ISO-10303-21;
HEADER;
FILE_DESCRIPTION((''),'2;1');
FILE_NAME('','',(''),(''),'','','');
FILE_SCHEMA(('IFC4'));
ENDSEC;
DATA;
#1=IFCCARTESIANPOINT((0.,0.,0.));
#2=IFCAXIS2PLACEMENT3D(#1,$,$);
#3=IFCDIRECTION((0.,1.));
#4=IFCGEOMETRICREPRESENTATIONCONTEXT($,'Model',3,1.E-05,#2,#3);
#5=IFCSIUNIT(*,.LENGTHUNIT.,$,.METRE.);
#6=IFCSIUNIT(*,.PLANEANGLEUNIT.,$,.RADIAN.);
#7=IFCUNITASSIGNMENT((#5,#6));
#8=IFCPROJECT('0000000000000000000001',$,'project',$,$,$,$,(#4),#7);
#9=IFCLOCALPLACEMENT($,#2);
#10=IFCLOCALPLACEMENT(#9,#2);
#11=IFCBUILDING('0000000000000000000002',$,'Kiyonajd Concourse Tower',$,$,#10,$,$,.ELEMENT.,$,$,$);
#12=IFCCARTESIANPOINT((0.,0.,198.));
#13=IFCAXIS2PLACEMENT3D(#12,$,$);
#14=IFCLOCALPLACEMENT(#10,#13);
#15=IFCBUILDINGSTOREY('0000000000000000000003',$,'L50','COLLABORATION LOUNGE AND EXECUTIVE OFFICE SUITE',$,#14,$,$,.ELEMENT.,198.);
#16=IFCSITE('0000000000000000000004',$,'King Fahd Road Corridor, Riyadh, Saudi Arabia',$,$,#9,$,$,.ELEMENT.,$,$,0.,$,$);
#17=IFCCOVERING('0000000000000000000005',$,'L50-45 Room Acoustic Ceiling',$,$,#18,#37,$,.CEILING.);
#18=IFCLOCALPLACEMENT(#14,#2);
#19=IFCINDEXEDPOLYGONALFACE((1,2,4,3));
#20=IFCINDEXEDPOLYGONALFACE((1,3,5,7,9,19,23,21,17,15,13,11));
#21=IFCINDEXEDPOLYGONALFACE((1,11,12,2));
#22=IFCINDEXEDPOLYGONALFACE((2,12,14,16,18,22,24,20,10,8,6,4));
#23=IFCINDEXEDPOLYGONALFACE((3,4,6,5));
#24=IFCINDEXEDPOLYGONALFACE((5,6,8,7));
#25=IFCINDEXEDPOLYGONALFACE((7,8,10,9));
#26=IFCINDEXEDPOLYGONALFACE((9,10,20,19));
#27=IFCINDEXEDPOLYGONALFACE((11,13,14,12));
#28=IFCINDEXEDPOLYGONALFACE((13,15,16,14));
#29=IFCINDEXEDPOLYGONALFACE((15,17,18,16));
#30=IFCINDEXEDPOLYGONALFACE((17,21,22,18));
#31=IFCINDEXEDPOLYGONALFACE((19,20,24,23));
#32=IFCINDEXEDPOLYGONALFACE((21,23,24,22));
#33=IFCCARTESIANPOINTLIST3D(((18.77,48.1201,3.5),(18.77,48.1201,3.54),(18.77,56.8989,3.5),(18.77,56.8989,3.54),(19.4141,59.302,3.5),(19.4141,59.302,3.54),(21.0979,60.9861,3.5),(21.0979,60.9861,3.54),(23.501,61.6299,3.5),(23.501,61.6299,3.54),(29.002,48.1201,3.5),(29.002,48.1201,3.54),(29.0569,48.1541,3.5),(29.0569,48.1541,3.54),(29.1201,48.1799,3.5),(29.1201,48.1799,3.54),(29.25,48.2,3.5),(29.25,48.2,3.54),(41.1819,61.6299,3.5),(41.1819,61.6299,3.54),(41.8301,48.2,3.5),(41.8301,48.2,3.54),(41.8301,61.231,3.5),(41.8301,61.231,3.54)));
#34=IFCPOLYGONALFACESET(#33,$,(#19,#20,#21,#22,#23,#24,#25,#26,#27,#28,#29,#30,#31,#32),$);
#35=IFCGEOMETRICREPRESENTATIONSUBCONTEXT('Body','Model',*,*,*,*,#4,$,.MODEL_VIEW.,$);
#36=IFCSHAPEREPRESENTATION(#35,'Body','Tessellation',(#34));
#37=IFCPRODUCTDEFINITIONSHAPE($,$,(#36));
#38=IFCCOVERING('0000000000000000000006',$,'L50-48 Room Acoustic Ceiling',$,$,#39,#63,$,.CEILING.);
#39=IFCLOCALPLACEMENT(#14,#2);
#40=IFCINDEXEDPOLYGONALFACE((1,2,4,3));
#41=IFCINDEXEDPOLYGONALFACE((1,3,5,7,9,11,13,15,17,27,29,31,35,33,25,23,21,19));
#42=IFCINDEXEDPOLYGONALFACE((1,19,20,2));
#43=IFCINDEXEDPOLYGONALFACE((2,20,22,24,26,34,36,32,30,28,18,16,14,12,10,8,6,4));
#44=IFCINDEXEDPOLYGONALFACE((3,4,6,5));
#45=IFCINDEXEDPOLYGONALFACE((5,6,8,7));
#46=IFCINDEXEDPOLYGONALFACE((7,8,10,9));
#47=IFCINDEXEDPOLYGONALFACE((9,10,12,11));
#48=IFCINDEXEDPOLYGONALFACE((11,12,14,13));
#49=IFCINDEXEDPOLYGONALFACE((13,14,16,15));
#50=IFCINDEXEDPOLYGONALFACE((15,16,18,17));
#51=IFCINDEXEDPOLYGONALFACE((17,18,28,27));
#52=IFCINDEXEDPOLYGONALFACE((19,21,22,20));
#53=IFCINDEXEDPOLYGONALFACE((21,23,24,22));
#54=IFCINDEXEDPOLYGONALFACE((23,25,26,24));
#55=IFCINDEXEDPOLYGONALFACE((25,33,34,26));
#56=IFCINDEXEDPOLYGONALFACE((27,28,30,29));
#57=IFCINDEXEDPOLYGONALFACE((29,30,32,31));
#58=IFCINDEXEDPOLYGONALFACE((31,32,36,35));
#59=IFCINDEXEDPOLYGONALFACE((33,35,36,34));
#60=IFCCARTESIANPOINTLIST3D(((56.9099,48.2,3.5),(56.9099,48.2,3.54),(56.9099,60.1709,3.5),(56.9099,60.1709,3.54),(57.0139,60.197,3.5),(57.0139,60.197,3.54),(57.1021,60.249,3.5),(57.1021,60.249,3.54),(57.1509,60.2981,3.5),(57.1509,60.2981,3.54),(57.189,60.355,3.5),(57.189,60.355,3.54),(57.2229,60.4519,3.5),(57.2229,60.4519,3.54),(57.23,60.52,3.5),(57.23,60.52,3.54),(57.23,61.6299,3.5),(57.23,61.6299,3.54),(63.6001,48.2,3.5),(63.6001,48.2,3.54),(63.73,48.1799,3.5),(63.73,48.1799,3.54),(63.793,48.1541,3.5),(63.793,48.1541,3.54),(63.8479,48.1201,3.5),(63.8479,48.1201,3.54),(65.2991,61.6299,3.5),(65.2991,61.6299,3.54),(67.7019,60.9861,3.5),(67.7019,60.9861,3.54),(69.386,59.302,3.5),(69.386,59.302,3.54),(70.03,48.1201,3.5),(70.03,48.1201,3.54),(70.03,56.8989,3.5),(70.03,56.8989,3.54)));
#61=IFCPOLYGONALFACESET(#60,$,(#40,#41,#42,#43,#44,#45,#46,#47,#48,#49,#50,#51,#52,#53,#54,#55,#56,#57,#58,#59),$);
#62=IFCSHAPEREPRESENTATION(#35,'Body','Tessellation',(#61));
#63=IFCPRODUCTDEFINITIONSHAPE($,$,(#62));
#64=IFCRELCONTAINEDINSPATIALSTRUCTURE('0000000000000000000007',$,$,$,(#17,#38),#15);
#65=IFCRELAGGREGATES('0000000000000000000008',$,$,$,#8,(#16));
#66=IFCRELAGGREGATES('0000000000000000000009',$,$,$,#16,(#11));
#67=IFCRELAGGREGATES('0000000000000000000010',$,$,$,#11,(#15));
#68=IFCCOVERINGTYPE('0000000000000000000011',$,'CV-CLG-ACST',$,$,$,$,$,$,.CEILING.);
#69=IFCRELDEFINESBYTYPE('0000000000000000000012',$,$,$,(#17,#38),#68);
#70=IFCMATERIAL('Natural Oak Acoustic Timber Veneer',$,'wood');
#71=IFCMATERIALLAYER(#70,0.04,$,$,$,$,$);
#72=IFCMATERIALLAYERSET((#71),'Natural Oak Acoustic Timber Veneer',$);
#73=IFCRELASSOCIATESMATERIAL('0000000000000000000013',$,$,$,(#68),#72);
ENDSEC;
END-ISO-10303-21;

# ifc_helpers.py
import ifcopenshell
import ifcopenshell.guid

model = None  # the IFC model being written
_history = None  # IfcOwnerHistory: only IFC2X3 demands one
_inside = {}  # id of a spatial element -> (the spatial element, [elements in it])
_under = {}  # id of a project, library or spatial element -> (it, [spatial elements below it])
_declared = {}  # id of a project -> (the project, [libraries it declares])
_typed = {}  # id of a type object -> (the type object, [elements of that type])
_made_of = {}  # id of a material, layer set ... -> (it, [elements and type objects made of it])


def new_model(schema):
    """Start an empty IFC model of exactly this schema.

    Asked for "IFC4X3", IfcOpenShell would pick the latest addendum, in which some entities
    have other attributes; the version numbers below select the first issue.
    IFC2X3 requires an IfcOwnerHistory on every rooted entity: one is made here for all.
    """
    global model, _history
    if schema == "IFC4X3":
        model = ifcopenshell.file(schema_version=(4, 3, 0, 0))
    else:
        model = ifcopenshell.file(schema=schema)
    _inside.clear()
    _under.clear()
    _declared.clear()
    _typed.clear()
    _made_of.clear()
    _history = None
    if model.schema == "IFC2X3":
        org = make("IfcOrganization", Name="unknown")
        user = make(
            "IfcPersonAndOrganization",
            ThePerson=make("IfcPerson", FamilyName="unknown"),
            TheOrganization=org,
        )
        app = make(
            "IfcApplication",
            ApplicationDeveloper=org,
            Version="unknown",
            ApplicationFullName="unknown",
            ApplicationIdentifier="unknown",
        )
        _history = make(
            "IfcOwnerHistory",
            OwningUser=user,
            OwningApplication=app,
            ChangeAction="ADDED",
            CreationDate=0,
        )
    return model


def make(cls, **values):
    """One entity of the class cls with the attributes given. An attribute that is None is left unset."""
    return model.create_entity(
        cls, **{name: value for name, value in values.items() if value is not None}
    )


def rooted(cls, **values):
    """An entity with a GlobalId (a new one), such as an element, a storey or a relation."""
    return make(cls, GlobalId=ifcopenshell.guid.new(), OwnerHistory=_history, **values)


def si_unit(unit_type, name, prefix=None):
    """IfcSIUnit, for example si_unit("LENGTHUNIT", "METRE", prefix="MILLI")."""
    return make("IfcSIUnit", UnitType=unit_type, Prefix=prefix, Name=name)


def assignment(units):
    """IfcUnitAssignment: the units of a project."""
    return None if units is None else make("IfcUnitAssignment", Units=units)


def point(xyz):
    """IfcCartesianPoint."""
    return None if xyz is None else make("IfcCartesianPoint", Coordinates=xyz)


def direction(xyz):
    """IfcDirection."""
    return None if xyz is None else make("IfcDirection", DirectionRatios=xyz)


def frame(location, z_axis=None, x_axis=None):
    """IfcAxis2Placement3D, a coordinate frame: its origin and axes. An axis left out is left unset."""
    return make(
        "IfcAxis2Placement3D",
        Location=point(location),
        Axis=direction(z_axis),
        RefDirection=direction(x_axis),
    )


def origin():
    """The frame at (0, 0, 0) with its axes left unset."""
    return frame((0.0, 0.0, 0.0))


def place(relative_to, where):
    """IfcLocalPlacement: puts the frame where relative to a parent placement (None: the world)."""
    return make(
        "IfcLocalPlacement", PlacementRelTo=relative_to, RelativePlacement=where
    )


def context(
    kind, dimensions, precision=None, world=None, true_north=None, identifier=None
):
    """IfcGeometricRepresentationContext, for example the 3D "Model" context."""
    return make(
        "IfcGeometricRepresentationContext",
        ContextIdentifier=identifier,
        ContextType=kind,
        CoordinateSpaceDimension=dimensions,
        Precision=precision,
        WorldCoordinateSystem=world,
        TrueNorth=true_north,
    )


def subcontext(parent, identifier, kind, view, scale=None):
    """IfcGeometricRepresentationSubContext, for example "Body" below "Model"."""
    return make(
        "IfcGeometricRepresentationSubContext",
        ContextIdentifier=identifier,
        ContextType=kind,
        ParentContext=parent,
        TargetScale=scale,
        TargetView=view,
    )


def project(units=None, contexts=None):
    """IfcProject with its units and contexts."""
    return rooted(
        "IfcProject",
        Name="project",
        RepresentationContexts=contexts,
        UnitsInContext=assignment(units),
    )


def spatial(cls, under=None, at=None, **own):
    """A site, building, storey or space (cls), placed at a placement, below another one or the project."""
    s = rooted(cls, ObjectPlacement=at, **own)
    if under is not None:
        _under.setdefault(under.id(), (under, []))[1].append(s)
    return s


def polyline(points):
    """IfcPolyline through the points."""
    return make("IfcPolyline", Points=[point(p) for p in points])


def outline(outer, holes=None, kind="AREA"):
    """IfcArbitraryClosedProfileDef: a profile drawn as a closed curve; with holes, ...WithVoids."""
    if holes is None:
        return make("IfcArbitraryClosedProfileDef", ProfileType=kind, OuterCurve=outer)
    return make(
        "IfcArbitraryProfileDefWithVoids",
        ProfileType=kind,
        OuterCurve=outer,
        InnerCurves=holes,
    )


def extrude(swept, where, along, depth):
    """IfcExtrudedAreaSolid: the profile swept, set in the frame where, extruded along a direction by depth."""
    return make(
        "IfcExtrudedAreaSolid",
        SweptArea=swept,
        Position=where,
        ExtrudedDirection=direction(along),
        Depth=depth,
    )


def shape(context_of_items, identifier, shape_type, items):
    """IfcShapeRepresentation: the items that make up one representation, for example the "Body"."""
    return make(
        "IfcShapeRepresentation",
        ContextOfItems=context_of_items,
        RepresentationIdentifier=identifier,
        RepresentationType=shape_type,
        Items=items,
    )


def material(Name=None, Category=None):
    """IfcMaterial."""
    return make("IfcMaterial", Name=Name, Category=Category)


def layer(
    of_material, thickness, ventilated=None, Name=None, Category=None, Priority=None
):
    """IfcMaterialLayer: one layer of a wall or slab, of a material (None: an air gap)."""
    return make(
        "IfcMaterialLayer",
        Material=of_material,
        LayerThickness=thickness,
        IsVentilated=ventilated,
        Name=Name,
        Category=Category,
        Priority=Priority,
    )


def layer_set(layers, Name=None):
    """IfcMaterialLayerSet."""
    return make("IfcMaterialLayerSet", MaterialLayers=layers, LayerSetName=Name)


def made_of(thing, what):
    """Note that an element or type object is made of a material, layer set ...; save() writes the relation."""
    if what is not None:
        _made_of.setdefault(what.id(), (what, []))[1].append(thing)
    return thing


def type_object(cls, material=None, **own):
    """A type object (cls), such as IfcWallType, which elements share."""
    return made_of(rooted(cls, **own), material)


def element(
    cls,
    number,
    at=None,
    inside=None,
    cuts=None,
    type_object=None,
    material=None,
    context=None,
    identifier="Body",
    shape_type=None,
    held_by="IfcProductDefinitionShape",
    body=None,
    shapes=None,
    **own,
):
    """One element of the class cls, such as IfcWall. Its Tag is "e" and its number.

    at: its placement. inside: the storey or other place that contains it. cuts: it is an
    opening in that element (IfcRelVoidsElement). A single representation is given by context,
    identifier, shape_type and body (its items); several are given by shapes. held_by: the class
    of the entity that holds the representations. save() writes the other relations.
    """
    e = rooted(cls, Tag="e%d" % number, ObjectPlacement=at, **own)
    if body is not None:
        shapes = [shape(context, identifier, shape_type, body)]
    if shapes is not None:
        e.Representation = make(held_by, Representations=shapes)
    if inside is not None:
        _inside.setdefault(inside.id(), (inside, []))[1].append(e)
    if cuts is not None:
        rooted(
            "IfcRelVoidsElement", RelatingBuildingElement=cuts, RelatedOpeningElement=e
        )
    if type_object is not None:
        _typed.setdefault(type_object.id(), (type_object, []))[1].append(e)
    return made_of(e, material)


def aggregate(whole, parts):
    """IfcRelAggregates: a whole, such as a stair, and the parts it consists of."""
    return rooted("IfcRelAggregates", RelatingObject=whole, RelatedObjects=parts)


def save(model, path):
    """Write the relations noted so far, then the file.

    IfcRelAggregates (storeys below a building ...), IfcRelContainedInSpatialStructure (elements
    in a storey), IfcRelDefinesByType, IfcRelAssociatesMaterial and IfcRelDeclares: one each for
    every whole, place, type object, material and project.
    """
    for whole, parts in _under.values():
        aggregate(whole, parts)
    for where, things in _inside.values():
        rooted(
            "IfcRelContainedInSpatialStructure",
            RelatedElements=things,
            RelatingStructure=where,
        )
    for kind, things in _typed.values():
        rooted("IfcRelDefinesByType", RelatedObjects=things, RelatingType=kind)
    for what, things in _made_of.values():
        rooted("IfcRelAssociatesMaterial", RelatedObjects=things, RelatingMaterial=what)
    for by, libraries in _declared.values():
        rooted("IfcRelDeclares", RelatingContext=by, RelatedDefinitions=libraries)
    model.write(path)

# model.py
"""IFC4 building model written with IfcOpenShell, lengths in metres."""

from ifc_helpers import new_model, si_unit, direction, frame, origin, place, context, subcontext, project, spatial, polyline, outline, extrude, material, layer, layer_set, type_object, element, save


model = new_model("IFC4")

# Units and contexts
model_context = context("Model", 3, precision=1e-05, world=origin(), true_north=direction((0.0, 1.0)))
body_context = subcontext(model_context, "Body", "Model", "MODEL_VIEW")
ifc_project = project(units=[si_unit("LENGTHUNIT", "METRE"), si_unit("PLANEANGLEUNIT", "RADIAN")], contexts=[model_context])

# Site, building, storey
site_placement = place(None, origin())
site = spatial("IfcSite", under=ifc_project, at=site_placement, Name="King Fahd Road Corridor, Riyadh, Saudi Arabia", CompositionType="ELEMENT", RefElevation=0.0)
building_placement = place(site_placement, origin())
building = spatial("IfcBuilding", under=site, at=building_placement, Name="Kiyonajd Concourse Tower", CompositionType="ELEMENT")
storey_placement = place(building_placement, frame((0.0, 0.0, 198.0)))
storey = spatial("IfcBuildingStorey", under=building, at=storey_placement, Name="L50", Description="COLLABORATION LOUNGE AND EXECUTIVE OFFICE SUITE", CompositionType="ELEMENT", Elevation=198.0)

# Coverings
ifc_material_1 = material(Name="Natural Oak Acoustic Timber Veneer", Category="wood")
ifc_layer_1 = layer(ifc_material_1, 0.04)
ifc_layer_set_1 = layer_set([ifc_layer_1], Name="Natural Oak Acoustic Timber Veneer")
covering_type = type_object("IfcCoveringType", Name="CV-CLG-ACST", PredefinedType="CEILING", material=ifc_layer_set_1)
covering_1_placement = place(storey_placement, frame((0.0, 0.0, 3.5)))
element("IfcCovering", 1, at=covering_1_placement, inside=storey, type_object=covering_type, Name="L50-45 Room Acoustic Ceiling", PredefinedType="CEILING", context=body_context, shape_type="SweptSolid", body=[
    extrude(outline(polyline([(21.0979, 60.9861), (23.501, 61.6299), (41.1819, 61.6299), (41.8301, 61.231), (41.8301, 48.2), (29.25, 48.2), (29.1201, 48.1799), (29.0569, 48.1541), (29.002, 48.1201), (18.77, 48.1201), (18.77, 56.8989), (19.4141, 59.302), (21.0979, 60.9861)])), origin(), (0.0, 0.0, 1.0), 0.04),
])
covering_2_placement = place(storey_placement, frame((0.0, 0.0, 3.5)))
element("IfcCovering", 2, at=covering_2_placement, inside=storey, type_object=covering_type, Name="L50-48 Room Acoustic Ceiling", PredefinedType="CEILING", context=body_context, shape_type="SweptSolid", body=[
    extrude(outline(polyline([(57.23, 61.6299), (65.2991, 61.6299), (67.7019, 60.9861), (69.386, 59.302), (70.03, 56.8989), (70.03, 48.1201), (63.8479, 48.1201), (63.793, 48.1541), (63.73, 48.1799), (63.6001, 48.2), (56.9099, 48.2), (56.9099, 60.1709), (57.0139, 60.197), (57.1021, 60.249), (57.1509, 60.2981), (57.189, 60.355), (57.2229, 60.4519), (57.23, 60.52), (57.23, 61.6299)])), origin(), (0.0, 0.0, 1.0), 0.04),
])

save(model, "model.ifc")
